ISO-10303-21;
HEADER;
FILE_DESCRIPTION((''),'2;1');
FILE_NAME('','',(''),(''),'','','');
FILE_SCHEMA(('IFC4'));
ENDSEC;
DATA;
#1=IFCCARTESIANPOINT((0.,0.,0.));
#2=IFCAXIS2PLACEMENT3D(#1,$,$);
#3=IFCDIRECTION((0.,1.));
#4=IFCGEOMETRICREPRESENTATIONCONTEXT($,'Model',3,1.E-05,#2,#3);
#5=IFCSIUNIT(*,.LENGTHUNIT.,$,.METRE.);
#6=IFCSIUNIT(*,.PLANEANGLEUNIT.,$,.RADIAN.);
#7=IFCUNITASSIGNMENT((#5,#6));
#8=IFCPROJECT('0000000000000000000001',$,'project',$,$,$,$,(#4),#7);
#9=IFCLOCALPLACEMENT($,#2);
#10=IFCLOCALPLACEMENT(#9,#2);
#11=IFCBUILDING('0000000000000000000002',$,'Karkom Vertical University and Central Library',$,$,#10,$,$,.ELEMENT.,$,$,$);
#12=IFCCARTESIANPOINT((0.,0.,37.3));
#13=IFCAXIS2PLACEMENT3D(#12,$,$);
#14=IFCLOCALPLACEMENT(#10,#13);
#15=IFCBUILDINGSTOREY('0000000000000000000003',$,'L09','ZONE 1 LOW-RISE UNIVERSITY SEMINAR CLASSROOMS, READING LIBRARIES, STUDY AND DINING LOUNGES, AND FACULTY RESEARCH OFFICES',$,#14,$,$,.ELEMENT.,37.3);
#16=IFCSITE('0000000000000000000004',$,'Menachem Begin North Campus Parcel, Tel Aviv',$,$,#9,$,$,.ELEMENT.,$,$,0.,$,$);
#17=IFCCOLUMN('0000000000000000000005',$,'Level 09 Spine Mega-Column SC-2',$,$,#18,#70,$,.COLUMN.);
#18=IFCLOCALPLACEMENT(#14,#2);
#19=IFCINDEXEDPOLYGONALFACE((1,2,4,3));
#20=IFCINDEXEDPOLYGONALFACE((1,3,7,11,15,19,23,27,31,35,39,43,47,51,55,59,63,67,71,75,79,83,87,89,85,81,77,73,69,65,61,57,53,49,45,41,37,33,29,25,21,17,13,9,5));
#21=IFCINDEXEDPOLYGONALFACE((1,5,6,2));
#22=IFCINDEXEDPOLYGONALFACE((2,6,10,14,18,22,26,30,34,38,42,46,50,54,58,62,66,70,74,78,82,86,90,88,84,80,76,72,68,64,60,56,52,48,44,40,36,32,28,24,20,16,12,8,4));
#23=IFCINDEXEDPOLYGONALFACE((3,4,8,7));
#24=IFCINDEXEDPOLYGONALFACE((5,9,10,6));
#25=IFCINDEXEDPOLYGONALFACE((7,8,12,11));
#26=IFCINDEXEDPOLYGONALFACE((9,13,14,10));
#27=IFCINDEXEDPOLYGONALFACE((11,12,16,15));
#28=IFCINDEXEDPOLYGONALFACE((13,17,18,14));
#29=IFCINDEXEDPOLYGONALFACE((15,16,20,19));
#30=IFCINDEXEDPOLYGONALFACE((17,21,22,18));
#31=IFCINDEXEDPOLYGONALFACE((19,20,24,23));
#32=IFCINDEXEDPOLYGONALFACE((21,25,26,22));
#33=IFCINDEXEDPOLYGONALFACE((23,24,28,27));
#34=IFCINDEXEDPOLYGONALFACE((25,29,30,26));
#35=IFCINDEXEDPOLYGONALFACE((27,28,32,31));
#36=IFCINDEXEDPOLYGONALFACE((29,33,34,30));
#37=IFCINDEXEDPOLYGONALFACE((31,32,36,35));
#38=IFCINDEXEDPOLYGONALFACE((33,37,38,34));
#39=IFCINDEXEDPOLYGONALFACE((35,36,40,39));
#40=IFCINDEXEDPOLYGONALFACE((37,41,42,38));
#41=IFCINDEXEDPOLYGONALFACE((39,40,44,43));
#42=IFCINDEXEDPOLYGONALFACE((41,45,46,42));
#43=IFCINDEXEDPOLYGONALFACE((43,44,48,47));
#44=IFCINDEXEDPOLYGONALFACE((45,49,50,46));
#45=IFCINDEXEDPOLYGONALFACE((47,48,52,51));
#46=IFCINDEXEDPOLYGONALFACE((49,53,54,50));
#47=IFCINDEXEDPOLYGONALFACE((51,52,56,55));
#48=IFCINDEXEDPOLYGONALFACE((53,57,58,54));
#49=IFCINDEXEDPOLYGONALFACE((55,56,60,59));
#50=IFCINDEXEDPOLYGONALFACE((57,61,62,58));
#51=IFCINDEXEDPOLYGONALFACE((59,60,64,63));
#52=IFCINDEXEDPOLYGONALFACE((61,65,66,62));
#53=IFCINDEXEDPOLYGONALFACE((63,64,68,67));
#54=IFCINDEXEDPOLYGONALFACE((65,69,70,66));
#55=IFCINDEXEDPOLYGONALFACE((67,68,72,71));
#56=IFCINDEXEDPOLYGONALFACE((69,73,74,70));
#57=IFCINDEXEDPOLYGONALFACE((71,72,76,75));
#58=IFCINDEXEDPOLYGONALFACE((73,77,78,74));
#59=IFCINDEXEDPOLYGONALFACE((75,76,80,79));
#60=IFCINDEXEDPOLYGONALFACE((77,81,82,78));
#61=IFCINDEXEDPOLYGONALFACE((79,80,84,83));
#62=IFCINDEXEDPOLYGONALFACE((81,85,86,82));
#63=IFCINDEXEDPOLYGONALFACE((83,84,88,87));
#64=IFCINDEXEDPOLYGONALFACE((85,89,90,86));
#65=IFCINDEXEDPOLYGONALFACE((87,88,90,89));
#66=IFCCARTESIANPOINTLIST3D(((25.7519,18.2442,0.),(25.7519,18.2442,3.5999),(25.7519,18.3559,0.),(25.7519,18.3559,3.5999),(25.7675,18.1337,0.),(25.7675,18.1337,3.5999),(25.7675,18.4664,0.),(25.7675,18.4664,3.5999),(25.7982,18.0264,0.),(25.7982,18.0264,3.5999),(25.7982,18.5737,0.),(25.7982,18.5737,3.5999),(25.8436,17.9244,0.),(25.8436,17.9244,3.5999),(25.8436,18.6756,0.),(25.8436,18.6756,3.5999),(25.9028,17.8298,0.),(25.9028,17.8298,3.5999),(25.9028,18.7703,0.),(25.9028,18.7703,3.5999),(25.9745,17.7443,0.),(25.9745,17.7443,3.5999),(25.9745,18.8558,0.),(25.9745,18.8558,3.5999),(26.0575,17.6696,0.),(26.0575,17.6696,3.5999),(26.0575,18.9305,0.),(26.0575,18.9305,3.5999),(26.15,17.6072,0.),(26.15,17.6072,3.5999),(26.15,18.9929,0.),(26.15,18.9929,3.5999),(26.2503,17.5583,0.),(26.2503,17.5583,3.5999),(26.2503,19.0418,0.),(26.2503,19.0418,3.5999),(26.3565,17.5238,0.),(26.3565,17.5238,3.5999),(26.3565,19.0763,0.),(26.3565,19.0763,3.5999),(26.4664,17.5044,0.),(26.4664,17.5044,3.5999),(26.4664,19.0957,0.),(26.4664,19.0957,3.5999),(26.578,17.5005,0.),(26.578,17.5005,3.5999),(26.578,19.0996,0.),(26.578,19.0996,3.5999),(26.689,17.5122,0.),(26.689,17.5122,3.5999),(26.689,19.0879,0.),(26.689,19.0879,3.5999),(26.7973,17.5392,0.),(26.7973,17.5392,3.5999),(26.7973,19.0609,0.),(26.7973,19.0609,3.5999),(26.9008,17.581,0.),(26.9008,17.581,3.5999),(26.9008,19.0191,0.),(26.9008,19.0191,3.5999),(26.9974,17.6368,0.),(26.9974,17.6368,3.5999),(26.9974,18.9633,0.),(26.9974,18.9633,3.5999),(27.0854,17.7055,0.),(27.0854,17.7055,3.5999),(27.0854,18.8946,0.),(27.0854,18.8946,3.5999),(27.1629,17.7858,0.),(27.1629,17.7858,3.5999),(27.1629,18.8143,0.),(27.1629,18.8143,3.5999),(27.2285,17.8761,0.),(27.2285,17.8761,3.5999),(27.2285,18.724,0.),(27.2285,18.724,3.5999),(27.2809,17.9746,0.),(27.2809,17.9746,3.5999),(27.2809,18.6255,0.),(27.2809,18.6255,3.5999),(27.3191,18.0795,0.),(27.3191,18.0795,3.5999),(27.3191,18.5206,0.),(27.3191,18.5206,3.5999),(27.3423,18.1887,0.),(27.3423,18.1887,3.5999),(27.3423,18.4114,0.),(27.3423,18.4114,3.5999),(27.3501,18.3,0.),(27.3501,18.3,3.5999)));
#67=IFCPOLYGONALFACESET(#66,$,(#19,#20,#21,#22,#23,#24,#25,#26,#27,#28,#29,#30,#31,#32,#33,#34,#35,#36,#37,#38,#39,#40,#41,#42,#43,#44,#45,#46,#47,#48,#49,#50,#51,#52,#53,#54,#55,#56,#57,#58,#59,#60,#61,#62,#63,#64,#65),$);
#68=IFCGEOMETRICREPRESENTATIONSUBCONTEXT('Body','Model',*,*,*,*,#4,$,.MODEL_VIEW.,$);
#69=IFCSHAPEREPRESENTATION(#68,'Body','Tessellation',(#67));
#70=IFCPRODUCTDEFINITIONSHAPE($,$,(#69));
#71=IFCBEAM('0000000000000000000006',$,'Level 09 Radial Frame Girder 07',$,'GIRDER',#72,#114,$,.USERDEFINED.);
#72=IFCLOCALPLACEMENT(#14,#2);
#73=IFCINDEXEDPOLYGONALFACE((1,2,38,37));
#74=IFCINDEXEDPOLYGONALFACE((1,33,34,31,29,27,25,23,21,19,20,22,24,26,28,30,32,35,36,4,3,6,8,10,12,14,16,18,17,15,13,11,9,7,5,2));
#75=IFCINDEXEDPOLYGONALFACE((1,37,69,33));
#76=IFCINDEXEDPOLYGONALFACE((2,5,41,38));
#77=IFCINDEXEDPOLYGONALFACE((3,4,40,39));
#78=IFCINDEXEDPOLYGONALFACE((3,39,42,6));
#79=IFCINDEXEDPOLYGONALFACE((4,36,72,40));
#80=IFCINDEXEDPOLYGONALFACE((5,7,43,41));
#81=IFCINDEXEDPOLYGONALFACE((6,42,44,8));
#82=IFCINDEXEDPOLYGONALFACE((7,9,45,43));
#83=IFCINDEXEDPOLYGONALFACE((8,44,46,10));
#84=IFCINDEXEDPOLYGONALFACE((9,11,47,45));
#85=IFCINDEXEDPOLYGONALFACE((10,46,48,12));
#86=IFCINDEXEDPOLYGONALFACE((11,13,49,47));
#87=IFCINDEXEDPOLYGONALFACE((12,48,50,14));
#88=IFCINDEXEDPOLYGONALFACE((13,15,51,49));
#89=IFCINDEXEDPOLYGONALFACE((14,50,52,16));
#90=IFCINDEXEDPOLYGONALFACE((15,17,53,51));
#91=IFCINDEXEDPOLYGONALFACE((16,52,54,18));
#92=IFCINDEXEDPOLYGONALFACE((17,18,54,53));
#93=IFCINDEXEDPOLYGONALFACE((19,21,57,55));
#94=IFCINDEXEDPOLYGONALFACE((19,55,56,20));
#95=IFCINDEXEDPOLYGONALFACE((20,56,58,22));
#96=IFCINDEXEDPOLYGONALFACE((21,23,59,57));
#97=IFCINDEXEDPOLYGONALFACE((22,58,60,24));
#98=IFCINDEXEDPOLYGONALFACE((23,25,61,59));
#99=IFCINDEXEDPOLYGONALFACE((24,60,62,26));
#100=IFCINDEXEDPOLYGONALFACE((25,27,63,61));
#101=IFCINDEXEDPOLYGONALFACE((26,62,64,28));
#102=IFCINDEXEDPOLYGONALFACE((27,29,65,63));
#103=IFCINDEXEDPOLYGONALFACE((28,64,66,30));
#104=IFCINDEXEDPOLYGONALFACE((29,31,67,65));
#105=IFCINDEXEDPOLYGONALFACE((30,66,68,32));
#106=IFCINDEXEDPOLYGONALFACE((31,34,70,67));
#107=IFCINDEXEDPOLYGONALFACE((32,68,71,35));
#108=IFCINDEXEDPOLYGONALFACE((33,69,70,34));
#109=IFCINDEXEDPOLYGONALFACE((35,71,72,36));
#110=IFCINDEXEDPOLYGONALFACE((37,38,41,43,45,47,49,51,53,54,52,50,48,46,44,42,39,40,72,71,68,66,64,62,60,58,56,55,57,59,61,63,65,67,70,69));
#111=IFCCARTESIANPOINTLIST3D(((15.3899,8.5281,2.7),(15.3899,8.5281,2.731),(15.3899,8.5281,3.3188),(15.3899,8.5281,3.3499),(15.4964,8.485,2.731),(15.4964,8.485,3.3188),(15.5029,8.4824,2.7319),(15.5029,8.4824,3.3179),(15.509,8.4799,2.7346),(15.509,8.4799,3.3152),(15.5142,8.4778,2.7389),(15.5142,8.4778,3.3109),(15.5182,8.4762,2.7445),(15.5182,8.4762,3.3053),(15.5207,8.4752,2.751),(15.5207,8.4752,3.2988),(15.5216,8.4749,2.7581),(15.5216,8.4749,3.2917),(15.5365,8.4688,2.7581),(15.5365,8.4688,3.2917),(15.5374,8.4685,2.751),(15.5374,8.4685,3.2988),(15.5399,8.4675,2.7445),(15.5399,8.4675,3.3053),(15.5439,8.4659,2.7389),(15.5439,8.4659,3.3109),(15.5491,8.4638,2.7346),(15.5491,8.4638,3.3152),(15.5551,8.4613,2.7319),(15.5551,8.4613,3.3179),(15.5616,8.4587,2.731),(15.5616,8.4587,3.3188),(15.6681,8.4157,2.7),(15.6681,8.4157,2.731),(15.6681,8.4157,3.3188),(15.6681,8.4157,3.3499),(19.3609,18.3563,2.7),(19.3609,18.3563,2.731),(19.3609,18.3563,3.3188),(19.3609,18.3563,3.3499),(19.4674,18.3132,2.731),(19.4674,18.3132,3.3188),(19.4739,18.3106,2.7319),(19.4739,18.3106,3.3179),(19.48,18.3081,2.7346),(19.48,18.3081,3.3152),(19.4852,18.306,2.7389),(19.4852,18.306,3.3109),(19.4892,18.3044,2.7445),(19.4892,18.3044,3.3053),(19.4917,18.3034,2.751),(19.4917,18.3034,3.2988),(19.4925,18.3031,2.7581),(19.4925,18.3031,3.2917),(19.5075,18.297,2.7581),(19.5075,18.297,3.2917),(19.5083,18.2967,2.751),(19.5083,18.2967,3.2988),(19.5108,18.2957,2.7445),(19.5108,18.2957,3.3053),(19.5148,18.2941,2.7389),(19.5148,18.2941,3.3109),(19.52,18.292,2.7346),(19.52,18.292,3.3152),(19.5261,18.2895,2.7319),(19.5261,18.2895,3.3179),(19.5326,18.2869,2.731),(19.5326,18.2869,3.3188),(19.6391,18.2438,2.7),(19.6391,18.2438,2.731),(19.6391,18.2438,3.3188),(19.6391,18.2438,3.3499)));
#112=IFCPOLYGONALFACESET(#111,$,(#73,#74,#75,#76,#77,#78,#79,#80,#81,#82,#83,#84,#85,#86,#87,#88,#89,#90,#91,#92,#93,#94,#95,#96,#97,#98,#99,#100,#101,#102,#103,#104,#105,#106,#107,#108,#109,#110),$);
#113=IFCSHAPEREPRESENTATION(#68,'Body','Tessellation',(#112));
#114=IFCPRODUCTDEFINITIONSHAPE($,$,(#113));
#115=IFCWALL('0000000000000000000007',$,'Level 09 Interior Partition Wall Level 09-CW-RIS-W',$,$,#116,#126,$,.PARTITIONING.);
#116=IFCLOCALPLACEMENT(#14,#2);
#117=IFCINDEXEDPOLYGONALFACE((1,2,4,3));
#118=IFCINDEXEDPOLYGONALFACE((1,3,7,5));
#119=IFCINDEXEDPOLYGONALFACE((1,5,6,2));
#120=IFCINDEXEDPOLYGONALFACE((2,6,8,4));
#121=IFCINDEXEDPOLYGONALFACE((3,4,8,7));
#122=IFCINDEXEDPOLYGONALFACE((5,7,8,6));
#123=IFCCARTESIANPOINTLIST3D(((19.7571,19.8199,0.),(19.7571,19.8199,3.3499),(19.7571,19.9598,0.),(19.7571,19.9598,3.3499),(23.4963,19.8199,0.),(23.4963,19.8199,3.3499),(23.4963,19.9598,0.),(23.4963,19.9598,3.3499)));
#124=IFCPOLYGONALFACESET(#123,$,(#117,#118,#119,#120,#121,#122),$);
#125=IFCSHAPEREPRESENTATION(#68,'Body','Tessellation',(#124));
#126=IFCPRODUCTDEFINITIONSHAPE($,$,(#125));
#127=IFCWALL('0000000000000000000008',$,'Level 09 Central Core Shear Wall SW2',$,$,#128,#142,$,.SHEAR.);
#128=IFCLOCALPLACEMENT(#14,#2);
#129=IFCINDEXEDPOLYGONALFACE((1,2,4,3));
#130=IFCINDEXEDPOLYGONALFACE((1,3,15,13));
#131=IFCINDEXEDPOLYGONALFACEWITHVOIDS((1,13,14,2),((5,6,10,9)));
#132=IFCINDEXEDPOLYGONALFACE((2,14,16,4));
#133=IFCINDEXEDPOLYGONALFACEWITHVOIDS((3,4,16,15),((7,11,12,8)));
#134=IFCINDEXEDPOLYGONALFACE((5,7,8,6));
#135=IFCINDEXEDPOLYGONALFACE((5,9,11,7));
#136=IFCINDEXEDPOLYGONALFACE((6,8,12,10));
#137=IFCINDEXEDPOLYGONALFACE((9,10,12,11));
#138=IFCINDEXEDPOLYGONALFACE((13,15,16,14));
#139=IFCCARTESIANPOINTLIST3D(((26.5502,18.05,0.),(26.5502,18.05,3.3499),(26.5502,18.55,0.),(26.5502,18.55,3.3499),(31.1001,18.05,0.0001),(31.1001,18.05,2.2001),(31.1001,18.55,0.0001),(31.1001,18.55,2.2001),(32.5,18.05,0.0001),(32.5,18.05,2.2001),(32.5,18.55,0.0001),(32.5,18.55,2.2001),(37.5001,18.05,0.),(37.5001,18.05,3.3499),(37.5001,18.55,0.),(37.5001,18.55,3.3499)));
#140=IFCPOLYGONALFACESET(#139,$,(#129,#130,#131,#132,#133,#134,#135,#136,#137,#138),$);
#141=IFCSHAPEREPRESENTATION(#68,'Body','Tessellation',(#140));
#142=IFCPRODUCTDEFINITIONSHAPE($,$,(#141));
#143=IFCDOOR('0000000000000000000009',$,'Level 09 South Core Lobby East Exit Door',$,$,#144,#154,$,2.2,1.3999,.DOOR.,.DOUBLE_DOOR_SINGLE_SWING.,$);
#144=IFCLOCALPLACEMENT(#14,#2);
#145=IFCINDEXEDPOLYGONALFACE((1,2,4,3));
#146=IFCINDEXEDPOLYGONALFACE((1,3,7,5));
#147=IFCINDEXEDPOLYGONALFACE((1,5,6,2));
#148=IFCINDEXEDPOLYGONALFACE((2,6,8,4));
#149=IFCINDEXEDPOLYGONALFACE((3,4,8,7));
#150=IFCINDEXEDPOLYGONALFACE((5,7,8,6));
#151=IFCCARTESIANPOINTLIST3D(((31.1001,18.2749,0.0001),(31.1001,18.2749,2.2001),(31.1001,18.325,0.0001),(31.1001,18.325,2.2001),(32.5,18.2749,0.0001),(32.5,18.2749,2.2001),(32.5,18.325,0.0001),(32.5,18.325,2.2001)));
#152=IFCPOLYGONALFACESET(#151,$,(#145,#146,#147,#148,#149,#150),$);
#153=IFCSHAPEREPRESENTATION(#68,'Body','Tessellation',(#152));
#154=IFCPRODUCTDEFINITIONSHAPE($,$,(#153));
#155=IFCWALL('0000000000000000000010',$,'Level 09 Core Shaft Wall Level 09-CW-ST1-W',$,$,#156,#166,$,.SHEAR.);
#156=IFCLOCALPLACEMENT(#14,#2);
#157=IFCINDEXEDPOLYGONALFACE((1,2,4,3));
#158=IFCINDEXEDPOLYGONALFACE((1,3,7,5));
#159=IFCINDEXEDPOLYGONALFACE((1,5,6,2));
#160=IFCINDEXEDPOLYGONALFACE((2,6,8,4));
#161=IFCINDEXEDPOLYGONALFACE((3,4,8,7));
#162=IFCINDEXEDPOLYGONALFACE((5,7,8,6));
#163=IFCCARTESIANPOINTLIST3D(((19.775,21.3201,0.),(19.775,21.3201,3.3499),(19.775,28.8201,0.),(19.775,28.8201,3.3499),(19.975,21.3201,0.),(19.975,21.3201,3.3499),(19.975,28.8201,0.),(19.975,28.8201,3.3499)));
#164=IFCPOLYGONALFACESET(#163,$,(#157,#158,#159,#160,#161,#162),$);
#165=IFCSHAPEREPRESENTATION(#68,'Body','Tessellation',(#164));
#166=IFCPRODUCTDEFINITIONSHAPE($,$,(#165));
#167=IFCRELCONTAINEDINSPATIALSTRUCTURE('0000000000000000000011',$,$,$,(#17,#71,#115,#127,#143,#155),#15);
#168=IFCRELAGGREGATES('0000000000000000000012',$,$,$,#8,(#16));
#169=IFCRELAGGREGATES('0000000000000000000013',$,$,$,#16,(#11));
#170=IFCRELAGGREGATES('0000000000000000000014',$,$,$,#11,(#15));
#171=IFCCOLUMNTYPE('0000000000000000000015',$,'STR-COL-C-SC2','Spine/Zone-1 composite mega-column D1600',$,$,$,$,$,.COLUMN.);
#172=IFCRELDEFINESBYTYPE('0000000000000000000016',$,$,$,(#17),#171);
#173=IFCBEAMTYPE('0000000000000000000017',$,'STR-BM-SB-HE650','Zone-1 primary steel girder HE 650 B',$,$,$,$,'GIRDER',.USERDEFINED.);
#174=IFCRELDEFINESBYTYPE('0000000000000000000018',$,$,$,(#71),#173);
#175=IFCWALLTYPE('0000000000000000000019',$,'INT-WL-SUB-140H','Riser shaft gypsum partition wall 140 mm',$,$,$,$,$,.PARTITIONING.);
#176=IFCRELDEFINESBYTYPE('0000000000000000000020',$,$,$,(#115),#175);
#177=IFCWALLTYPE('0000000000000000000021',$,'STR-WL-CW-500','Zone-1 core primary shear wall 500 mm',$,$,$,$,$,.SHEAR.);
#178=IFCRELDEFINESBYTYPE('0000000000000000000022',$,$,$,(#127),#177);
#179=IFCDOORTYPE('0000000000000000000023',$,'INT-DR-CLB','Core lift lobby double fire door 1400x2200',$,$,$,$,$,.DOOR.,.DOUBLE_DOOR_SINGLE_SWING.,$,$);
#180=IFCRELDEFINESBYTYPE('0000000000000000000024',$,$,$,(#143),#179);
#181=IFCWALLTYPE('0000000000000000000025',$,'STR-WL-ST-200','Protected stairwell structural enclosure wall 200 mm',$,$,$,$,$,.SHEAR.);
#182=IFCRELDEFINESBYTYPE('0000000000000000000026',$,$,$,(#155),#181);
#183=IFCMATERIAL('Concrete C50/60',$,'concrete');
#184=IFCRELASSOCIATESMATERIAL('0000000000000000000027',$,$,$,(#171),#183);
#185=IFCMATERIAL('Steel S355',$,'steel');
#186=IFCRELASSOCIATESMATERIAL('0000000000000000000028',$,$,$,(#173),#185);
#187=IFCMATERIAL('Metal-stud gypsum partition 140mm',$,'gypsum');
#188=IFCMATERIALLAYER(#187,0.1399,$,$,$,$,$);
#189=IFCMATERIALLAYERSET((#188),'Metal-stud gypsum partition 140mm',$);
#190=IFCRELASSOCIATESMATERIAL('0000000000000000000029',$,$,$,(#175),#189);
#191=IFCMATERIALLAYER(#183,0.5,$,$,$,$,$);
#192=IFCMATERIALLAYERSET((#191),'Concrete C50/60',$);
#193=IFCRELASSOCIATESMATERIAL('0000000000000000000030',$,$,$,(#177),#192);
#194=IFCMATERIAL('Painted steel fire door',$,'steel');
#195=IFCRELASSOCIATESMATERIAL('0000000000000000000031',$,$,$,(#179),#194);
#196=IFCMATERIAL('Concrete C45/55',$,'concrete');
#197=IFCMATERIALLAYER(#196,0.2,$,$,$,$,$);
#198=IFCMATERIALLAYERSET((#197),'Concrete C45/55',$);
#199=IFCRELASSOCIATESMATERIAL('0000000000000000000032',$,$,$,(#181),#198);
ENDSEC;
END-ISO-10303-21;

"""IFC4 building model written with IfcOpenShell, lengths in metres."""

from ifc_helpers import new_model, si_unit, direction, frame, frame_2d, origin, origin_with_axes, origin_2d, place, context, subcontext, project, spatial, rectangle, circle, i_section, extrude, source, transform, mapped, material, layer, layer_set, material_profile, profile_set, type_object, element, fill, save


model = new_model("IFC4")

# Units and contexts
model_context = context("Model", 3, precision=1e-05, world=origin(), true_north=direction((0.0, 1.0)))
body_context = subcontext(model_context, "Body", "Model", "MODEL_VIEW")
ifc_project = project(units=[si_unit("LENGTHUNIT", "METRE"), si_unit("PLANEANGLEUNIT", "RADIAN")], contexts=[model_context])

# Site, building, storey
site_placement = place(None, origin())
site = spatial("IfcSite", under=ifc_project, at=site_placement, Name="Menachem Begin North Campus Parcel, Tel Aviv", CompositionType="ELEMENT", RefElevation=0.0)
building_placement = place(site_placement, origin())
building = spatial("IfcBuilding", under=site, at=building_placement, Name="Karkom Vertical University and Central Library", CompositionType="ELEMENT")
storey_placement = place(building_placement, frame((0.0, 0.0, 37.3)))
storey = spatial("IfcBuildingStorey", under=building, at=storey_placement, Name="L09", Description="ZONE 1 LOW-RISE UNIVERSITY SEMINAR CLASSROOMS, READING LIBRARIES, STUDY AND DINING LOUNGES, AND FACULTY RESEARCH OFFICES", CompositionType="ELEMENT", Elevation=37.3)

# Column
ifc_material_1 = material(Name="Concrete C50/60", Category="concrete")
ifc_material_profile_1 = material_profile(ifc_material_1, circle(Radius=0.8, at=origin_2d()), Name="CFT-D1600")
ifc_profile_set_1 = profile_set([ifc_material_profile_1], Name="Concrete C50/60")
column_type = type_object("IfcColumnType", Name="STR-COL-C-SC2", Description="Spine/Zone-1 composite mega-column D1600", PredefinedType="COLUMN", material=ifc_profile_set_1)
shared_shape_1 = source(origin_with_axes(), body_context, "Body", "SweptSolid", [
    extrude(circle(Radius=0.8, at=origin_2d()), origin(), (0.0, 0.0, 1.0), 3.5999),
])
column_placement = place(storey_placement, frame((26.55, 18.3, 0.0), z_axis=(0.0, 0.0, 1.0), x_axis=(1.0, 0.0, 0.0)))
element("IfcColumn", 1, at=column_placement, inside=storey, type_object=column_type, Name="Level 09 Spine Mega-Column SC-2", PredefinedType="COLUMN", context=body_context, shape_type="MappedRepresentation", body=[
    mapped(shared_shape_1, transform((0.0, 0.0, 0.0), scale=1.0)),
])

# Beam
ifc_material_2 = material(Name="Steel S355", Category="steel")
ifc_material_profile_2 = material_profile(ifc_material_2, i_section(OverallWidth=0.3, OverallDepth=0.6499, WebThickness=0.0161, FlangeThickness=0.031, FilletRadius=0.0271, at=origin_2d()), Name="HE 650 B")
ifc_profile_set_2 = profile_set([ifc_material_profile_2], Name="Steel S355")
beam_type = type_object("IfcBeamType", Name="STR-BM-SB-HE650", Description="Zone-1 primary steel girder HE 650 B", ElementType="GIRDER", PredefinedType="USERDEFINED", material=ifc_profile_set_2)
shared_shape_2 = source(origin_with_axes(), body_context, "Body", "SweptSolid", [
    extrude(i_section(OverallWidth=0.3, OverallDepth=0.6499, WebThickness=0.0161, FlangeThickness=0.031, FilletRadius=0.0271, at=origin_2d()), origin(), (0.0, 0.0, 1.0), 10.6001),
])
beam_placement = place(storey_placement, frame((19.5, 18.3, 3.0249), z_axis=(-0.374617, -0.92718, 0.0), x_axis=(0.92718, -0.374617, 0.0)))
element("IfcBeam", 2, at=beam_placement, inside=storey, type_object=beam_type, Name="Level 09 Radial Frame Girder 07", ObjectType="GIRDER", PredefinedType="USERDEFINED", context=body_context, shape_type="MappedRepresentation", body=[
    mapped(shared_shape_2, transform((0.0, 0.0, 0.0), scale=1.0)),
])

# Wall
ifc_material_3 = material(Name="Metal-stud gypsum partition 140mm", Category="gypsum")
ifc_layer_1 = layer(ifc_material_3, 0.1399)
ifc_layer_set_1 = layer_set([ifc_layer_1], Name="Metal-stud gypsum partition 140mm")
wall_type_1 = type_object("IfcWallType", Name="INT-WL-SUB-140H", Description="Riser shaft gypsum partition wall 140 mm", PredefinedType="PARTITIONING", material=ifc_layer_set_1)
wall_1_placement = place(storey_placement, frame((19.7571, 19.8899, 0.0), z_axis=(0.0, 0.0, 1.0), x_axis=(1.0, 0.0, 0.0)))
element("IfcWall", 3, at=wall_1_placement, inside=storey, type_object=wall_type_1, Name="Level 09 Interior Partition Wall Level 09-CW-RIS-W", PredefinedType="PARTITIONING", context=body_context, shape_type="SweptSolid", body=[
    extrude(rectangle(XDim=3.7393, YDim=0.1399, at=frame_2d((1.8696, 0.0))), origin(), (0.0, 0.0, 1.0), 3.3499),
])

# Wall, opening, door
ifc_layer_2 = layer(ifc_material_1, 0.5)
ifc_layer_set_2 = layer_set([ifc_layer_2], Name="Concrete C50/60")
wall_type_2 = type_object("IfcWallType", Name="STR-WL-CW-500", Description="Zone-1 core primary shear wall 500 mm", PredefinedType="SHEAR", material=ifc_layer_set_2)
wall_2_placement = place(storey_placement, frame((26.55, 18.3, 0.0), z_axis=(0.0, 0.0, 1.0), x_axis=(1.0, 0.0, 0.0)))
wall_2 = element("IfcWall", 4, at=wall_2_placement, inside=storey, type_object=wall_type_2, Name="Level 09 Central Core Shear Wall SW2", PredefinedType="SHEAR", context=body_context, shape_type="SweptSolid", body=[
    extrude(rectangle(XDim=10.95, YDim=0.5, at=frame_2d((5.4751, 0.0))), origin(), (0.0, 0.0, 1.0), 3.3499),
])
opening_1_placement = place(wall_2_placement, frame((4.55, 0.0, 0.0)))
opening_1 = element("IfcOpeningElement", 5, at=opening_1_placement, cuts=wall_2, PredefinedType="OPENING", context=body_context, shape_type="SweptSolid", body=[
    extrude(rectangle(XDim=1.3999, YDim=2.2, at=frame_2d((0.7, 1.1001))), frame((0.0, 0.26, 0.0), z_axis=(0.0, -1.0, 0.0), x_axis=(1.0, 0.0, 0.0)), (0.0, 0.0, 1.0), 0.52),
])
ifc_material_4 = material(Name="Painted steel fire door", Category="steel")
door_type_1 = type_object("IfcDoorType", Name="INT-DR-CLB", Description="Core lift lobby double fire door 1400x2200", OperationType="DOUBLE_DOOR_SINGLE_SWING", PredefinedType="DOOR", material=ifc_material_4)
shared_shape_3 = source(origin_with_axes(), body_context, "Body", "SweptSolid", [
    extrude(rectangle(XDim=1.3999, YDim=2.2, at=frame_2d((0.7, 1.1001))), frame((0.0, 0.0249, 0.0), z_axis=(0.0, -1.0, 0.0), x_axis=(1.0, 0.0, 0.0)), (0.0, 0.0, 1.0), 0.05),
])
door_1_placement = place(opening_1_placement, origin())
door_1 = element("IfcDoor", 6, at=door_1_placement, inside=storey, type_object=door_type_1, Name="Level 09 South Core Lobby East Exit Door", OperationType="DOUBLE_DOOR_SINGLE_SWING", OverallHeight=2.2, OverallWidth=1.3999, PredefinedType="DOOR", context=body_context, shape_type="MappedRepresentation", body=[
    mapped(shared_shape_3, transform((0.0, 0.0, 0.0), scale=1.0)),
])
fill(opening_1, door_1)

# Shared definitions
ifc_material_5 = material(Name="Concrete C45/55", Category="concrete")
ifc_layer_3 = layer(ifc_material_5, 0.2)
ifc_layer_set_3 = layer_set([ifc_layer_3], Name="Concrete C45/55")
wall_type_3 = type_object("IfcWallType", Name="STR-WL-ST-200", Description="Protected stairwell structural enclosure wall 200 mm", PredefinedType="SHEAR", material=ifc_layer_set_3)

# Wall
wall_3_placement = place(storey_placement, frame((19.875, 21.3201, 0.0), z_axis=(0.0, 0.0, 1.0), x_axis=(0.0, 1.0, 0.0)))
element("IfcWall", 7, at=wall_3_placement, inside=storey, type_object=wall_type_3, Name="Level 09 Core Shaft Wall Level 09-CW-ST1-W", PredefinedType="SHEAR", context=body_context, shape_type="SweptSolid", body=[
    extrude(rectangle(XDim=7.5, YDim=0.2, at=frame_2d((3.75, 0.0))), origin(), (0.0, 0.0, 1.0), 3.3499),
])

save(model, "model.ifc")
